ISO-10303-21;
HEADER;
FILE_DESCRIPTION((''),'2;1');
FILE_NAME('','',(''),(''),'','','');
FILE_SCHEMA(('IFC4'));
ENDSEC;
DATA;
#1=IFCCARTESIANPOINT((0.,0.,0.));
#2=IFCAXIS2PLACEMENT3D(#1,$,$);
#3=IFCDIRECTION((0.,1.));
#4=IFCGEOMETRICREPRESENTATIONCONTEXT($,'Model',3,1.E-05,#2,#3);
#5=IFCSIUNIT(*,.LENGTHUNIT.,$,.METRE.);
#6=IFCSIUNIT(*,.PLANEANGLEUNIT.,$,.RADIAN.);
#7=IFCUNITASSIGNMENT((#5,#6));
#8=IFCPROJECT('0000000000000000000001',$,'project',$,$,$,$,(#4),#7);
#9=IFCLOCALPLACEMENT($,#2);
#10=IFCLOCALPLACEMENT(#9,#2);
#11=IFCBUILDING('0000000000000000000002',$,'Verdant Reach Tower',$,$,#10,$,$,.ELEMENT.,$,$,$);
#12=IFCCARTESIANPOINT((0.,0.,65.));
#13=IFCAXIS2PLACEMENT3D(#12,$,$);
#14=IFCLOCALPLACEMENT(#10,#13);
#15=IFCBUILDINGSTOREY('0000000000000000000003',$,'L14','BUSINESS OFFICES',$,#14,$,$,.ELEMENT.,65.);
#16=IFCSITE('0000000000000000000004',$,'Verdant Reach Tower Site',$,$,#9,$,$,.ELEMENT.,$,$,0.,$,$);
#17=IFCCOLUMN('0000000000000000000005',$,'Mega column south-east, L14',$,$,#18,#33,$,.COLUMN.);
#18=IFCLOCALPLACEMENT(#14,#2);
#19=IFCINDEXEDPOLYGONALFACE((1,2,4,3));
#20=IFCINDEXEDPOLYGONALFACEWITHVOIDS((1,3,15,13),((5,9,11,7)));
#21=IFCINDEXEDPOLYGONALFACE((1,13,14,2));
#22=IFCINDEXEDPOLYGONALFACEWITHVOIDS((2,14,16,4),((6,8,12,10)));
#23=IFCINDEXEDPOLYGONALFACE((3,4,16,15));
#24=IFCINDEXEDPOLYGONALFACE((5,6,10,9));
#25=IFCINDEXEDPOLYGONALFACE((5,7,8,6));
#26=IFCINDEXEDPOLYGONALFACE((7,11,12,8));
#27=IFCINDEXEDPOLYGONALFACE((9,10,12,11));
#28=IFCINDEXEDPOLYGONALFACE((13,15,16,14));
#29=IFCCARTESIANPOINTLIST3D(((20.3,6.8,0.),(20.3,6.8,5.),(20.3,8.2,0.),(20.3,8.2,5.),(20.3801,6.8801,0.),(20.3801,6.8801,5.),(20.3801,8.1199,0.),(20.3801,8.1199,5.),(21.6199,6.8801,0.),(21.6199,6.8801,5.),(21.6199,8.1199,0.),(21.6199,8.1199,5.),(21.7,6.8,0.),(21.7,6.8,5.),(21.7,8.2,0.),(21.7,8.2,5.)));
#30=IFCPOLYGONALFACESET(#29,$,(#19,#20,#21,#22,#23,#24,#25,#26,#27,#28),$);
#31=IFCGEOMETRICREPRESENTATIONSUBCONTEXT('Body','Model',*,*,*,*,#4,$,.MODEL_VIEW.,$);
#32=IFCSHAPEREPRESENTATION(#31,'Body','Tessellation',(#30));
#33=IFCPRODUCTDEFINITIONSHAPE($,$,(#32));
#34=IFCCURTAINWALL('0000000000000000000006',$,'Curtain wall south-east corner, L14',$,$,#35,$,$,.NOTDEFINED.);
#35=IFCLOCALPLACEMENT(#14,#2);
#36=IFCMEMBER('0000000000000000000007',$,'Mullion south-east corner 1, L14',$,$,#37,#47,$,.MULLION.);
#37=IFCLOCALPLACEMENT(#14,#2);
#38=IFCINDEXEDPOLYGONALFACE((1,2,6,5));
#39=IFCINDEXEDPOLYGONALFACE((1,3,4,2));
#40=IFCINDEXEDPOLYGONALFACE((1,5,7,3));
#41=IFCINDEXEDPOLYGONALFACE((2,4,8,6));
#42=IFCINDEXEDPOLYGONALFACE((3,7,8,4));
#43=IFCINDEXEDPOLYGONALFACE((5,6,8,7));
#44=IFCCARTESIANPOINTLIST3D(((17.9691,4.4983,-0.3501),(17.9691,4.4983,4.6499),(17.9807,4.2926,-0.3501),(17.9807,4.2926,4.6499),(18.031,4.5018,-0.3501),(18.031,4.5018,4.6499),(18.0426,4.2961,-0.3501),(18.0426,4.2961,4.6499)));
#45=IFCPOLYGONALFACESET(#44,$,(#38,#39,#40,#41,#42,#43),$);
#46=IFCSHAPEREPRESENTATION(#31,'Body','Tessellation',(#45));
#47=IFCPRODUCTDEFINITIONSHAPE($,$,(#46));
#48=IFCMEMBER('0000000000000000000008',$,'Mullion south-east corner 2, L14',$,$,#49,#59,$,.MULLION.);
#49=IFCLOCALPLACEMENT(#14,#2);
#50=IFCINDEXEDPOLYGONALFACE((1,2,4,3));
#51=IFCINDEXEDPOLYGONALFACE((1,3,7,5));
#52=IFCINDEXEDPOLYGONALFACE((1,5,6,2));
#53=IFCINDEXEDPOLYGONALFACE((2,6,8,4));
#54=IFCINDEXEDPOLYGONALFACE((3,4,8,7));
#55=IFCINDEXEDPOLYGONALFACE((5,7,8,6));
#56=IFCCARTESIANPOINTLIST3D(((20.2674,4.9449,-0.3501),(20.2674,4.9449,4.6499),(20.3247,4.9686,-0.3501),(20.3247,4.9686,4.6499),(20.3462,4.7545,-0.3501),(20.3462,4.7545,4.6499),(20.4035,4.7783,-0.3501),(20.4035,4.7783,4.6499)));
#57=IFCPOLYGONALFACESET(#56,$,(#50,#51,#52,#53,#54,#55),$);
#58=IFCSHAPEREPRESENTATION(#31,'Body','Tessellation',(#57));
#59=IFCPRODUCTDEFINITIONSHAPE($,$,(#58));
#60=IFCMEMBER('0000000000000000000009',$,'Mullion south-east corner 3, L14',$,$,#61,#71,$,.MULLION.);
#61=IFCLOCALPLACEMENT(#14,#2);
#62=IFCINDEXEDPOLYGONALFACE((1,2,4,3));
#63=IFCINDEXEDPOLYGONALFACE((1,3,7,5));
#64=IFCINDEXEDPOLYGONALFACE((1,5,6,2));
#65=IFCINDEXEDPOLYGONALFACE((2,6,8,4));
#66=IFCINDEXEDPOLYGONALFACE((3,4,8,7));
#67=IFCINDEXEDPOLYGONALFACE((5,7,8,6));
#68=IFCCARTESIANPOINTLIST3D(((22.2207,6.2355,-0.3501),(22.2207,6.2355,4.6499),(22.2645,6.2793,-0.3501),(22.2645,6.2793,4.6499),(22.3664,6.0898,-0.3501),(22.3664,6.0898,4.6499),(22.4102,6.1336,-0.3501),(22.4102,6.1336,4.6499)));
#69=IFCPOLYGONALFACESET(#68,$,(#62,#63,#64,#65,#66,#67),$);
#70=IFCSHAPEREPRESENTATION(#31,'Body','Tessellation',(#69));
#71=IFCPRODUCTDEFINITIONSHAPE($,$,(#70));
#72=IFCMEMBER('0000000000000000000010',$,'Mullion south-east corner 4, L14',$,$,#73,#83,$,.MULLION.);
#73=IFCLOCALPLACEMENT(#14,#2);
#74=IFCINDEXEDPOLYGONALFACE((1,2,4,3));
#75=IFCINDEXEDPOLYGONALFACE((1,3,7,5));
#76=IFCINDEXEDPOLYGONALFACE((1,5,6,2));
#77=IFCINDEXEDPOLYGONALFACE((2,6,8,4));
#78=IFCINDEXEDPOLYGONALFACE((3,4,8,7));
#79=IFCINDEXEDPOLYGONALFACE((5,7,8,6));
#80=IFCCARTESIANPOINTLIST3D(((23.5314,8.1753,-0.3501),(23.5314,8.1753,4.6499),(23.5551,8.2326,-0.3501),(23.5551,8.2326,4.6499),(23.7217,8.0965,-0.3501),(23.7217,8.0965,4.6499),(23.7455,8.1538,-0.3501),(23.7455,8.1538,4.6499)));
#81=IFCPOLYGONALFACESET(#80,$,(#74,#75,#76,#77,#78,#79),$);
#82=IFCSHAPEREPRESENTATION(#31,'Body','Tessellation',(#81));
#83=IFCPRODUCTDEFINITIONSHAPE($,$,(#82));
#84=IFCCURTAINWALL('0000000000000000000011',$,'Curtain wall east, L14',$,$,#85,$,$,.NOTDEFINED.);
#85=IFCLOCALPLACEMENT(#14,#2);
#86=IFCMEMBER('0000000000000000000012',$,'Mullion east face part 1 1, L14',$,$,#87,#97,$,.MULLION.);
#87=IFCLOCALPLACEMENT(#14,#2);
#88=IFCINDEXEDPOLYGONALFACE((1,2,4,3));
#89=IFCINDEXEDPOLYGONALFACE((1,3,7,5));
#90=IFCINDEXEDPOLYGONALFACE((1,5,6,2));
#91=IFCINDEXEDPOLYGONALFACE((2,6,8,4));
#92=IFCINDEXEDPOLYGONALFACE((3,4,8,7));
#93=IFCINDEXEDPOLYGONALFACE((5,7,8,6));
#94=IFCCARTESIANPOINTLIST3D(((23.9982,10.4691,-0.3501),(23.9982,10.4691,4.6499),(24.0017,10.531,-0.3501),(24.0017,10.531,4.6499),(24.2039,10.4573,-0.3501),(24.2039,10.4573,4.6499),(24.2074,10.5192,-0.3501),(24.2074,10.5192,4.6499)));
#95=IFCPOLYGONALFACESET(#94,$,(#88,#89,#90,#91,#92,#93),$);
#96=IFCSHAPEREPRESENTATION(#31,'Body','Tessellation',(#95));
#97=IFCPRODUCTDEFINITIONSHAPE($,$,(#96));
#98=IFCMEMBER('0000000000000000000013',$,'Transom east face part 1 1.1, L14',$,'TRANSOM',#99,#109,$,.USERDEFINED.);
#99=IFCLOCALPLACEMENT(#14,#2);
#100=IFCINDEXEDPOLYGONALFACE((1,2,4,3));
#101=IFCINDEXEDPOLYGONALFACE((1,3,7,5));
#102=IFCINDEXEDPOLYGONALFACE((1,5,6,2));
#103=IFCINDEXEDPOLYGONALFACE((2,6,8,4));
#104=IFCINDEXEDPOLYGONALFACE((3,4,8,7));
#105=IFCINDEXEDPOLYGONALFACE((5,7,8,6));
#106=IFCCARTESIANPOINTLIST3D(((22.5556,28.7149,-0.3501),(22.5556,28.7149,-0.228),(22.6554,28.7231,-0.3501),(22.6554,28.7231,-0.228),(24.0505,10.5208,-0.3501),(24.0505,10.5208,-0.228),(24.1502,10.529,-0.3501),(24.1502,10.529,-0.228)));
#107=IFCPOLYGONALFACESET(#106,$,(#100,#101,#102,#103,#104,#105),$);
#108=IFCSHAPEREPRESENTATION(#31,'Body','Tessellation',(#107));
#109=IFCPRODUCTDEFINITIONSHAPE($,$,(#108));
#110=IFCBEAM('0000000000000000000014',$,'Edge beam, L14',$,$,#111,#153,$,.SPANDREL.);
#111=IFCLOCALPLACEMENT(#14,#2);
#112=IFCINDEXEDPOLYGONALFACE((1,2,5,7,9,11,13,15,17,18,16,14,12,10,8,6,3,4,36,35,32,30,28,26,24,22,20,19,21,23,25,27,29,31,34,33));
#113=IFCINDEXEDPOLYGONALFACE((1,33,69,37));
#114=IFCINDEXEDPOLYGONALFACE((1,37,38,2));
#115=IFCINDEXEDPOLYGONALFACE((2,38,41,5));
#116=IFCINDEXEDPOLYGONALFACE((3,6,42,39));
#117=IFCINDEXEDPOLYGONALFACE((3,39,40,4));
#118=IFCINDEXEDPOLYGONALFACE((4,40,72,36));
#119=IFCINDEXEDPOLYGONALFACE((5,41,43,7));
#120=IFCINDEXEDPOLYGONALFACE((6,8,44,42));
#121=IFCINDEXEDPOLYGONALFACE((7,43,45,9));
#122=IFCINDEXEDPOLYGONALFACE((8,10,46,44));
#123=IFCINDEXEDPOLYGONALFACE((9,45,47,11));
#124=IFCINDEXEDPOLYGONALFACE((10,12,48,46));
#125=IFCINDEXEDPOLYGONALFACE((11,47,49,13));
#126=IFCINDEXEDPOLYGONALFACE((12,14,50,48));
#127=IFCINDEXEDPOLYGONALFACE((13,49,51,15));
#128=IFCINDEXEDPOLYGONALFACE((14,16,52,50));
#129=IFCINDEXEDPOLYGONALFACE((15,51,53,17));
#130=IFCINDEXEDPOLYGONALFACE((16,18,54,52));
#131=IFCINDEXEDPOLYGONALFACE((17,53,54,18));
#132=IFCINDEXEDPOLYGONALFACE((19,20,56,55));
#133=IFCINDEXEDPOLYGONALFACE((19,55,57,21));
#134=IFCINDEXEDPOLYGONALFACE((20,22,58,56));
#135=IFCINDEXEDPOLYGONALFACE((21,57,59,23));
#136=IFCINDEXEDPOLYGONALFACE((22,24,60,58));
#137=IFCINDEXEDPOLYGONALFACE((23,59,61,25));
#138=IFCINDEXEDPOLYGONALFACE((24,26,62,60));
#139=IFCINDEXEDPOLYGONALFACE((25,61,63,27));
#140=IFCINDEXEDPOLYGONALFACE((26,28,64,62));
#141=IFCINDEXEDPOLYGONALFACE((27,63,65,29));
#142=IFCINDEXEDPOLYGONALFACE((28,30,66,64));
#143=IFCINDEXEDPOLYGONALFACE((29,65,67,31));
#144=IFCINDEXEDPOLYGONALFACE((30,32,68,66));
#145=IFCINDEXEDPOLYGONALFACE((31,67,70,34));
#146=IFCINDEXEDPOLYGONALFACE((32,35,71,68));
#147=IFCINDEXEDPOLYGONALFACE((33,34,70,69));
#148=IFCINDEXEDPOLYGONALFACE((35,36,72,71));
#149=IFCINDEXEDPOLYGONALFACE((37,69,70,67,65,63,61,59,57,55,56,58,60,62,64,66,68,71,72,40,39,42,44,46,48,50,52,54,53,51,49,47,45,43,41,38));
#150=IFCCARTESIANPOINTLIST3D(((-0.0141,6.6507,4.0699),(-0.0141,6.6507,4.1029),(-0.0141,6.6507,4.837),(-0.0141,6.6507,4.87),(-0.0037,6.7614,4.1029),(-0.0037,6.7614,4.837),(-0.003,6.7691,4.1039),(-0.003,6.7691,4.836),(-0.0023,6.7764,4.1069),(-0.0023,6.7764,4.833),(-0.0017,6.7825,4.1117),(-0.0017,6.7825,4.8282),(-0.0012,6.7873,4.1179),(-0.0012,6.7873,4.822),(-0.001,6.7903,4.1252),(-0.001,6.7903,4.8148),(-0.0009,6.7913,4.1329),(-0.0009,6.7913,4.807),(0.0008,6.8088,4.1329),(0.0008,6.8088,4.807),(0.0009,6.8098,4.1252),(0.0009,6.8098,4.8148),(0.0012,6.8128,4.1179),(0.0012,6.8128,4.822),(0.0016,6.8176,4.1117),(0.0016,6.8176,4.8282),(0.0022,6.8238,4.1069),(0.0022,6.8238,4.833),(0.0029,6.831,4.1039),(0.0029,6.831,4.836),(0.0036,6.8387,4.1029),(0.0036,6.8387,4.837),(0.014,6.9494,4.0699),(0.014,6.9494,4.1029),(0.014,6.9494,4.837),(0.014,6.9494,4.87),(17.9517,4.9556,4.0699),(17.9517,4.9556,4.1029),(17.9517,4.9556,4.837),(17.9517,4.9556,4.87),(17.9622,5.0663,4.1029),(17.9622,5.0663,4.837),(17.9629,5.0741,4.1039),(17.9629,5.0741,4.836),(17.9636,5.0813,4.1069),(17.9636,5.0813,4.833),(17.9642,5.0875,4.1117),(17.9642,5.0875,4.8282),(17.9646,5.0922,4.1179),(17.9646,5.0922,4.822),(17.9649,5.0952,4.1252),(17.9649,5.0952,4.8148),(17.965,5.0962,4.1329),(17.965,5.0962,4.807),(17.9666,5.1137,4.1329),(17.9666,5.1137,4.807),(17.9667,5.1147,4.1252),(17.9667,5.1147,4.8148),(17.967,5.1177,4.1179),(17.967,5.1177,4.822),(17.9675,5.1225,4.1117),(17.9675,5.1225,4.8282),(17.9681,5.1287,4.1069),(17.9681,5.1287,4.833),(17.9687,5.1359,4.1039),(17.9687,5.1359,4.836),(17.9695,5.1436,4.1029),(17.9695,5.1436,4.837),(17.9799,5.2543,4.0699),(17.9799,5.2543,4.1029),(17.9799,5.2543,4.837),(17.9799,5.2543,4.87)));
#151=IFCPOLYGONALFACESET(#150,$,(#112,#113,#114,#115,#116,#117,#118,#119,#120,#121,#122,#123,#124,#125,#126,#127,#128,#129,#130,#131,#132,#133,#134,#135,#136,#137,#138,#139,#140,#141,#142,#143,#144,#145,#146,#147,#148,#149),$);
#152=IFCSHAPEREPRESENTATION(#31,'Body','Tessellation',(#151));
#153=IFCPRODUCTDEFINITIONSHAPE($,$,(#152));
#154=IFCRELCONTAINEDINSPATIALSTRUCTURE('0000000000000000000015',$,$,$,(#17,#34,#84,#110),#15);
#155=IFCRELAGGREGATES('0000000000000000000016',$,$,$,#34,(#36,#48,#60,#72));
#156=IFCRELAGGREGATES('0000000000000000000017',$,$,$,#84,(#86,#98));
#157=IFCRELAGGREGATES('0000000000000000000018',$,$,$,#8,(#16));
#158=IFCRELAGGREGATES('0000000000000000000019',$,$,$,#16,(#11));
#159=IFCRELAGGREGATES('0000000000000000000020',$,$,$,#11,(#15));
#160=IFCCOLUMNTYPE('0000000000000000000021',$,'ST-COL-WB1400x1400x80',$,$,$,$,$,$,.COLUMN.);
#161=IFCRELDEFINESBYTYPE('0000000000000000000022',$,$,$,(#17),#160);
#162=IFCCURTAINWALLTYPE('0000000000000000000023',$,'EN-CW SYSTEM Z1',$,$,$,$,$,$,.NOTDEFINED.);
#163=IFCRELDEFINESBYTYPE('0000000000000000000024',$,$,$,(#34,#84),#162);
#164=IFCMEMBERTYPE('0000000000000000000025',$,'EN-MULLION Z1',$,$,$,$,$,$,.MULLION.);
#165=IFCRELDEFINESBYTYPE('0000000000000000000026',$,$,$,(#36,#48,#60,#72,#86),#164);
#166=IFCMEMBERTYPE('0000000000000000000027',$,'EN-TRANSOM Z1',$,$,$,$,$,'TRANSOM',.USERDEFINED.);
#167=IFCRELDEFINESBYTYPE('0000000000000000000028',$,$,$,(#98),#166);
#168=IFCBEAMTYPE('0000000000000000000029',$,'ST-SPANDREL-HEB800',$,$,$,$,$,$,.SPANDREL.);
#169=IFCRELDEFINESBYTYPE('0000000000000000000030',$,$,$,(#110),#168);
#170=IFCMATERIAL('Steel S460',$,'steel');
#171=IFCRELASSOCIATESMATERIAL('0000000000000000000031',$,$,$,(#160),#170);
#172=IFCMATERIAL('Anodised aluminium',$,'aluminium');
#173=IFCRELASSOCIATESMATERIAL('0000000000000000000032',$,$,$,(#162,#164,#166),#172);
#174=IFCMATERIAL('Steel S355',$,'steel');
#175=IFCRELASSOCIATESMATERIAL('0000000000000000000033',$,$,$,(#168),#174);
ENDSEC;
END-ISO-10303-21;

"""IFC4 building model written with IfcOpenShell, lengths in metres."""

from ifc_helpers import new_model, si_unit, direction, frame, origin, origin_2d, place, context, subcontext, project, spatial, rectangle, hollow_rectangle, i_section, extrude, material, material_profile, profile_set, type_object, element, aggregate, save


model = new_model("IFC4")

# Units and contexts
model_context = context("Model", 3, precision=1e-05, world=origin(), true_north=direction((0.0, 1.0)))
body_context = subcontext(model_context, "Body", "Model", "MODEL_VIEW")
ifc_project = project(units=[si_unit("LENGTHUNIT", "METRE"), si_unit("PLANEANGLEUNIT", "RADIAN")], contexts=[model_context])

# Site, building, storey
site_placement = place(None, origin())
site = spatial("IfcSite", under=ifc_project, at=site_placement, Name="Verdant Reach Tower Site", CompositionType="ELEMENT", RefElevation=0.0)
building_placement = place(site_placement, origin())
building = spatial("IfcBuilding", under=site, at=building_placement, Name="Verdant Reach Tower", CompositionType="ELEMENT")
storey_placement = place(building_placement, frame((0.0, 0.0, 65.0)))
storey = spatial("IfcBuildingStorey", under=building, at=storey_placement, Name="L14", Description="BUSINESS OFFICES", CompositionType="ELEMENT", Elevation=65.0)

# Column
ifc_material_1 = material(Name="Steel S460", Category="steel")
ifc_material_profile_1 = material_profile(ifc_material_1, hollow_rectangle(XDim=1.3999, YDim=1.3999, WallThickness=0.0801, at=origin_2d()), Name="WB 1400x1400x80")
ifc_profile_set_1 = profile_set([ifc_material_profile_1], Name="Steel S460")
column_type = type_object("IfcColumnType", Name="ST-COL-WB1400x1400x80", PredefinedType="COLUMN", material=ifc_profile_set_1)
column_placement = place(storey_placement, frame((21.0, 7.5, 0.0), z_axis=(0.0, 0.0, 1.0), x_axis=(1.0, 0.0, 0.0)))
element("IfcColumn", 1, at=column_placement, inside=storey, type_object=column_type, Name="Mega column south-east, L14", PredefinedType="COLUMN", context=body_context, shape_type="SweptSolid", body=[
    extrude(hollow_rectangle(XDim=1.3999, YDim=1.3999, WallThickness=0.0801, at=origin_2d()), origin(), (0.0, 0.0, 1.0), 5.0),
])

# Curtain walls, members
ifc_material_2 = material(Name="Anodised aluminium", Category="aluminium")
curtain_wall_type = type_object("IfcCurtainWallType", Name="EN-CW SYSTEM Z1", PredefinedType="NOTDEFINED", material=ifc_material_2)
curtain_wall_1_placement = place(storey_placement, origin())
curtain_wall_1 = element("IfcCurtainWall", 2, at=curtain_wall_1_placement, inside=storey, type_object=curtain_wall_type, Name="Curtain wall south-east corner, L14", PredefinedType="NOTDEFINED")
ifc_material_profile_2 = material_profile(ifc_material_2, rectangle(XDim=0.2061, YDim=0.062, at=origin_2d()), Name="Mullion 62x206")
ifc_profile_set_2 = profile_set([ifc_material_profile_2], Name="Anodised aluminium")
member_type_1 = type_object("IfcMemberType", Name="EN-MULLION Z1", PredefinedType="MULLION", material=ifc_profile_set_2)
member_1_placement = place(storey_placement, frame((18.0059, 4.3972, -0.3501), z_axis=(0.0, 0.0, 1.0), x_axis=(0.056569, -0.998399, 0.0)))
member_1 = element("IfcMember", 3, at=member_1_placement, type_object=member_type_1, Name="Mullion south-east corner 1, L14", PredefinedType="MULLION", context=body_context, shape_type="SweptSolid", body=[
    extrude(rectangle(XDim=0.2061, YDim=0.062, at=origin_2d()), origin(), (0.0, 0.0, 1.0), 5.0),
])
member_2_placement = place(storey_placement, frame((20.3354, 4.8616, -0.3501), z_axis=(0.0, 0.0, 1.0), x_axis=(0.382694, -0.923875, 0.0)))
member_2 = element("IfcMember", 4, at=member_2_placement, type_object=member_type_1, Name="Mullion south-east corner 2, L14", PredefinedType="MULLION", context=body_context, shape_type="SweptSolid", body=[
    extrude(rectangle(XDim=0.2061, YDim=0.062, at=origin_2d()), origin(), (0.0, 0.0, 1.0), 5.0),
])
member_3_placement = place(storey_placement, frame((22.3154, 6.1846, -0.3501), z_axis=(0.0, 0.0, 1.0), x_axis=(0.707107, -0.707107, 0.0)))
member_3 = element("IfcMember", 5, at=member_3_placement, type_object=member_type_1, Name="Mullion south-east corner 3, L14", PredefinedType="MULLION", context=body_context, shape_type="SweptSolid", body=[
    extrude(rectangle(XDim=0.2061, YDim=0.062, at=origin_2d()), origin(), (0.0, 0.0, 1.0), 5.0),
])
member_4_placement = place(storey_placement, frame((23.6384, 8.1646, -0.3501), z_axis=(0.0, 0.0, 1.0), x_axis=(0.923875, -0.382694, 0.0)))
member_4 = element("IfcMember", 6, at=member_4_placement, type_object=member_type_1, Name="Mullion south-east corner 4, L14", PredefinedType="MULLION", context=body_context, shape_type="SweptSolid", body=[
    extrude(rectangle(XDim=0.2061, YDim=0.062, at=origin_2d()), origin(), (0.0, 0.0, 1.0), 5.0),
])
curtain_wall_2_placement = place(storey_placement, origin())
curtain_wall_2 = element("IfcCurtainWall", 7, at=curtain_wall_2_placement, inside=storey, type_object=curtain_wall_type, Name="Curtain wall east, L14", PredefinedType="NOTDEFINED")
member_5_placement = place(storey_placement, frame((24.1028, 10.4941, -0.3501), z_axis=(0.0, 0.0, 1.0), x_axis=(0.998366, -0.057135, 0.0)))
member_5 = element("IfcMember", 8, at=member_5_placement, type_object=member_type_1, Name="Mullion east face part 1 1, L14", PredefinedType="MULLION", context=body_context, shape_type="SweptSolid", body=[
    extrude(rectangle(XDim=0.2061, YDim=0.062, at=origin_2d()), origin(), (0.0, 0.0, 1.0), 5.0),
])
ifc_material_profile_3 = material_profile(ifc_material_2, rectangle(XDim=0.1001, YDim=0.1221, at=origin_2d()), Name="Transom 122x100")
ifc_profile_set_3 = profile_set([ifc_material_profile_3], Name="Anodised aluminium")
member_type_2 = type_object("IfcMemberType", Name="EN-TRANSOM Z1", ElementType="TRANSOM", PredefinedType="USERDEFINED", material=ifc_profile_set_3)
member_6_placement = place(storey_placement, frame((24.1003, 10.5249, -0.2891), z_axis=(-0.081887, 0.996642, 0.0), x_axis=(-0.996642, -0.081887, 0.0)))
member_6 = element("IfcMember", 9, at=member_6_placement, type_object=member_type_2, Name="Transom east face part 1 1.1, L14", ObjectType="TRANSOM", PredefinedType="USERDEFINED", context=body_context, shape_type="SweptSolid", body=[
    extrude(rectangle(XDim=0.1001, YDim=0.1221, at=origin_2d()), origin(), (0.0, 0.0, 1.0), 18.2554),
])

# Beam
ifc_material_3 = material(Name="Steel S355", Category="steel")
ifc_material_profile_4 = material_profile(ifc_material_3, i_section(OverallWidth=0.3, OverallDepth=0.8, WebThickness=0.0176, FlangeThickness=0.033, FilletRadius=0.03, at=origin_2d()), Name="HEB 800")
ifc_profile_set_4 = profile_set([ifc_material_profile_4], Name="Steel S355")
beam_type_1 = type_object("IfcBeamType", Name="ST-SPANDREL-HEB800", PredefinedType="SPANDREL", material=ifc_profile_set_4)
beam_1_placement = place(storey_placement, frame((17.9658, 5.105, 4.47), z_axis=(-0.995579, 0.093932, 0.0), x_axis=(-0.093932, -0.995579, 0.0)))
element("IfcBeam", 10, at=beam_1_placement, inside=storey, type_object=beam_type_1, Name="Edge beam, L14", PredefinedType="SPANDREL", context=body_context, shape_type="SweptSolid", body=[
    extrude(i_section(OverallWidth=0.3, OverallDepth=0.8, WebThickness=0.0176, FlangeThickness=0.033, FilletRadius=0.03, at=origin_2d()), origin(), (0.0, 0.0, 1.0), 18.0457),
])

aggregate(curtain_wall_1, [member_1, member_2, member_3, member_4])
aggregate(curtain_wall_2, [member_5, member_6])

save(model, "model.ifc")
